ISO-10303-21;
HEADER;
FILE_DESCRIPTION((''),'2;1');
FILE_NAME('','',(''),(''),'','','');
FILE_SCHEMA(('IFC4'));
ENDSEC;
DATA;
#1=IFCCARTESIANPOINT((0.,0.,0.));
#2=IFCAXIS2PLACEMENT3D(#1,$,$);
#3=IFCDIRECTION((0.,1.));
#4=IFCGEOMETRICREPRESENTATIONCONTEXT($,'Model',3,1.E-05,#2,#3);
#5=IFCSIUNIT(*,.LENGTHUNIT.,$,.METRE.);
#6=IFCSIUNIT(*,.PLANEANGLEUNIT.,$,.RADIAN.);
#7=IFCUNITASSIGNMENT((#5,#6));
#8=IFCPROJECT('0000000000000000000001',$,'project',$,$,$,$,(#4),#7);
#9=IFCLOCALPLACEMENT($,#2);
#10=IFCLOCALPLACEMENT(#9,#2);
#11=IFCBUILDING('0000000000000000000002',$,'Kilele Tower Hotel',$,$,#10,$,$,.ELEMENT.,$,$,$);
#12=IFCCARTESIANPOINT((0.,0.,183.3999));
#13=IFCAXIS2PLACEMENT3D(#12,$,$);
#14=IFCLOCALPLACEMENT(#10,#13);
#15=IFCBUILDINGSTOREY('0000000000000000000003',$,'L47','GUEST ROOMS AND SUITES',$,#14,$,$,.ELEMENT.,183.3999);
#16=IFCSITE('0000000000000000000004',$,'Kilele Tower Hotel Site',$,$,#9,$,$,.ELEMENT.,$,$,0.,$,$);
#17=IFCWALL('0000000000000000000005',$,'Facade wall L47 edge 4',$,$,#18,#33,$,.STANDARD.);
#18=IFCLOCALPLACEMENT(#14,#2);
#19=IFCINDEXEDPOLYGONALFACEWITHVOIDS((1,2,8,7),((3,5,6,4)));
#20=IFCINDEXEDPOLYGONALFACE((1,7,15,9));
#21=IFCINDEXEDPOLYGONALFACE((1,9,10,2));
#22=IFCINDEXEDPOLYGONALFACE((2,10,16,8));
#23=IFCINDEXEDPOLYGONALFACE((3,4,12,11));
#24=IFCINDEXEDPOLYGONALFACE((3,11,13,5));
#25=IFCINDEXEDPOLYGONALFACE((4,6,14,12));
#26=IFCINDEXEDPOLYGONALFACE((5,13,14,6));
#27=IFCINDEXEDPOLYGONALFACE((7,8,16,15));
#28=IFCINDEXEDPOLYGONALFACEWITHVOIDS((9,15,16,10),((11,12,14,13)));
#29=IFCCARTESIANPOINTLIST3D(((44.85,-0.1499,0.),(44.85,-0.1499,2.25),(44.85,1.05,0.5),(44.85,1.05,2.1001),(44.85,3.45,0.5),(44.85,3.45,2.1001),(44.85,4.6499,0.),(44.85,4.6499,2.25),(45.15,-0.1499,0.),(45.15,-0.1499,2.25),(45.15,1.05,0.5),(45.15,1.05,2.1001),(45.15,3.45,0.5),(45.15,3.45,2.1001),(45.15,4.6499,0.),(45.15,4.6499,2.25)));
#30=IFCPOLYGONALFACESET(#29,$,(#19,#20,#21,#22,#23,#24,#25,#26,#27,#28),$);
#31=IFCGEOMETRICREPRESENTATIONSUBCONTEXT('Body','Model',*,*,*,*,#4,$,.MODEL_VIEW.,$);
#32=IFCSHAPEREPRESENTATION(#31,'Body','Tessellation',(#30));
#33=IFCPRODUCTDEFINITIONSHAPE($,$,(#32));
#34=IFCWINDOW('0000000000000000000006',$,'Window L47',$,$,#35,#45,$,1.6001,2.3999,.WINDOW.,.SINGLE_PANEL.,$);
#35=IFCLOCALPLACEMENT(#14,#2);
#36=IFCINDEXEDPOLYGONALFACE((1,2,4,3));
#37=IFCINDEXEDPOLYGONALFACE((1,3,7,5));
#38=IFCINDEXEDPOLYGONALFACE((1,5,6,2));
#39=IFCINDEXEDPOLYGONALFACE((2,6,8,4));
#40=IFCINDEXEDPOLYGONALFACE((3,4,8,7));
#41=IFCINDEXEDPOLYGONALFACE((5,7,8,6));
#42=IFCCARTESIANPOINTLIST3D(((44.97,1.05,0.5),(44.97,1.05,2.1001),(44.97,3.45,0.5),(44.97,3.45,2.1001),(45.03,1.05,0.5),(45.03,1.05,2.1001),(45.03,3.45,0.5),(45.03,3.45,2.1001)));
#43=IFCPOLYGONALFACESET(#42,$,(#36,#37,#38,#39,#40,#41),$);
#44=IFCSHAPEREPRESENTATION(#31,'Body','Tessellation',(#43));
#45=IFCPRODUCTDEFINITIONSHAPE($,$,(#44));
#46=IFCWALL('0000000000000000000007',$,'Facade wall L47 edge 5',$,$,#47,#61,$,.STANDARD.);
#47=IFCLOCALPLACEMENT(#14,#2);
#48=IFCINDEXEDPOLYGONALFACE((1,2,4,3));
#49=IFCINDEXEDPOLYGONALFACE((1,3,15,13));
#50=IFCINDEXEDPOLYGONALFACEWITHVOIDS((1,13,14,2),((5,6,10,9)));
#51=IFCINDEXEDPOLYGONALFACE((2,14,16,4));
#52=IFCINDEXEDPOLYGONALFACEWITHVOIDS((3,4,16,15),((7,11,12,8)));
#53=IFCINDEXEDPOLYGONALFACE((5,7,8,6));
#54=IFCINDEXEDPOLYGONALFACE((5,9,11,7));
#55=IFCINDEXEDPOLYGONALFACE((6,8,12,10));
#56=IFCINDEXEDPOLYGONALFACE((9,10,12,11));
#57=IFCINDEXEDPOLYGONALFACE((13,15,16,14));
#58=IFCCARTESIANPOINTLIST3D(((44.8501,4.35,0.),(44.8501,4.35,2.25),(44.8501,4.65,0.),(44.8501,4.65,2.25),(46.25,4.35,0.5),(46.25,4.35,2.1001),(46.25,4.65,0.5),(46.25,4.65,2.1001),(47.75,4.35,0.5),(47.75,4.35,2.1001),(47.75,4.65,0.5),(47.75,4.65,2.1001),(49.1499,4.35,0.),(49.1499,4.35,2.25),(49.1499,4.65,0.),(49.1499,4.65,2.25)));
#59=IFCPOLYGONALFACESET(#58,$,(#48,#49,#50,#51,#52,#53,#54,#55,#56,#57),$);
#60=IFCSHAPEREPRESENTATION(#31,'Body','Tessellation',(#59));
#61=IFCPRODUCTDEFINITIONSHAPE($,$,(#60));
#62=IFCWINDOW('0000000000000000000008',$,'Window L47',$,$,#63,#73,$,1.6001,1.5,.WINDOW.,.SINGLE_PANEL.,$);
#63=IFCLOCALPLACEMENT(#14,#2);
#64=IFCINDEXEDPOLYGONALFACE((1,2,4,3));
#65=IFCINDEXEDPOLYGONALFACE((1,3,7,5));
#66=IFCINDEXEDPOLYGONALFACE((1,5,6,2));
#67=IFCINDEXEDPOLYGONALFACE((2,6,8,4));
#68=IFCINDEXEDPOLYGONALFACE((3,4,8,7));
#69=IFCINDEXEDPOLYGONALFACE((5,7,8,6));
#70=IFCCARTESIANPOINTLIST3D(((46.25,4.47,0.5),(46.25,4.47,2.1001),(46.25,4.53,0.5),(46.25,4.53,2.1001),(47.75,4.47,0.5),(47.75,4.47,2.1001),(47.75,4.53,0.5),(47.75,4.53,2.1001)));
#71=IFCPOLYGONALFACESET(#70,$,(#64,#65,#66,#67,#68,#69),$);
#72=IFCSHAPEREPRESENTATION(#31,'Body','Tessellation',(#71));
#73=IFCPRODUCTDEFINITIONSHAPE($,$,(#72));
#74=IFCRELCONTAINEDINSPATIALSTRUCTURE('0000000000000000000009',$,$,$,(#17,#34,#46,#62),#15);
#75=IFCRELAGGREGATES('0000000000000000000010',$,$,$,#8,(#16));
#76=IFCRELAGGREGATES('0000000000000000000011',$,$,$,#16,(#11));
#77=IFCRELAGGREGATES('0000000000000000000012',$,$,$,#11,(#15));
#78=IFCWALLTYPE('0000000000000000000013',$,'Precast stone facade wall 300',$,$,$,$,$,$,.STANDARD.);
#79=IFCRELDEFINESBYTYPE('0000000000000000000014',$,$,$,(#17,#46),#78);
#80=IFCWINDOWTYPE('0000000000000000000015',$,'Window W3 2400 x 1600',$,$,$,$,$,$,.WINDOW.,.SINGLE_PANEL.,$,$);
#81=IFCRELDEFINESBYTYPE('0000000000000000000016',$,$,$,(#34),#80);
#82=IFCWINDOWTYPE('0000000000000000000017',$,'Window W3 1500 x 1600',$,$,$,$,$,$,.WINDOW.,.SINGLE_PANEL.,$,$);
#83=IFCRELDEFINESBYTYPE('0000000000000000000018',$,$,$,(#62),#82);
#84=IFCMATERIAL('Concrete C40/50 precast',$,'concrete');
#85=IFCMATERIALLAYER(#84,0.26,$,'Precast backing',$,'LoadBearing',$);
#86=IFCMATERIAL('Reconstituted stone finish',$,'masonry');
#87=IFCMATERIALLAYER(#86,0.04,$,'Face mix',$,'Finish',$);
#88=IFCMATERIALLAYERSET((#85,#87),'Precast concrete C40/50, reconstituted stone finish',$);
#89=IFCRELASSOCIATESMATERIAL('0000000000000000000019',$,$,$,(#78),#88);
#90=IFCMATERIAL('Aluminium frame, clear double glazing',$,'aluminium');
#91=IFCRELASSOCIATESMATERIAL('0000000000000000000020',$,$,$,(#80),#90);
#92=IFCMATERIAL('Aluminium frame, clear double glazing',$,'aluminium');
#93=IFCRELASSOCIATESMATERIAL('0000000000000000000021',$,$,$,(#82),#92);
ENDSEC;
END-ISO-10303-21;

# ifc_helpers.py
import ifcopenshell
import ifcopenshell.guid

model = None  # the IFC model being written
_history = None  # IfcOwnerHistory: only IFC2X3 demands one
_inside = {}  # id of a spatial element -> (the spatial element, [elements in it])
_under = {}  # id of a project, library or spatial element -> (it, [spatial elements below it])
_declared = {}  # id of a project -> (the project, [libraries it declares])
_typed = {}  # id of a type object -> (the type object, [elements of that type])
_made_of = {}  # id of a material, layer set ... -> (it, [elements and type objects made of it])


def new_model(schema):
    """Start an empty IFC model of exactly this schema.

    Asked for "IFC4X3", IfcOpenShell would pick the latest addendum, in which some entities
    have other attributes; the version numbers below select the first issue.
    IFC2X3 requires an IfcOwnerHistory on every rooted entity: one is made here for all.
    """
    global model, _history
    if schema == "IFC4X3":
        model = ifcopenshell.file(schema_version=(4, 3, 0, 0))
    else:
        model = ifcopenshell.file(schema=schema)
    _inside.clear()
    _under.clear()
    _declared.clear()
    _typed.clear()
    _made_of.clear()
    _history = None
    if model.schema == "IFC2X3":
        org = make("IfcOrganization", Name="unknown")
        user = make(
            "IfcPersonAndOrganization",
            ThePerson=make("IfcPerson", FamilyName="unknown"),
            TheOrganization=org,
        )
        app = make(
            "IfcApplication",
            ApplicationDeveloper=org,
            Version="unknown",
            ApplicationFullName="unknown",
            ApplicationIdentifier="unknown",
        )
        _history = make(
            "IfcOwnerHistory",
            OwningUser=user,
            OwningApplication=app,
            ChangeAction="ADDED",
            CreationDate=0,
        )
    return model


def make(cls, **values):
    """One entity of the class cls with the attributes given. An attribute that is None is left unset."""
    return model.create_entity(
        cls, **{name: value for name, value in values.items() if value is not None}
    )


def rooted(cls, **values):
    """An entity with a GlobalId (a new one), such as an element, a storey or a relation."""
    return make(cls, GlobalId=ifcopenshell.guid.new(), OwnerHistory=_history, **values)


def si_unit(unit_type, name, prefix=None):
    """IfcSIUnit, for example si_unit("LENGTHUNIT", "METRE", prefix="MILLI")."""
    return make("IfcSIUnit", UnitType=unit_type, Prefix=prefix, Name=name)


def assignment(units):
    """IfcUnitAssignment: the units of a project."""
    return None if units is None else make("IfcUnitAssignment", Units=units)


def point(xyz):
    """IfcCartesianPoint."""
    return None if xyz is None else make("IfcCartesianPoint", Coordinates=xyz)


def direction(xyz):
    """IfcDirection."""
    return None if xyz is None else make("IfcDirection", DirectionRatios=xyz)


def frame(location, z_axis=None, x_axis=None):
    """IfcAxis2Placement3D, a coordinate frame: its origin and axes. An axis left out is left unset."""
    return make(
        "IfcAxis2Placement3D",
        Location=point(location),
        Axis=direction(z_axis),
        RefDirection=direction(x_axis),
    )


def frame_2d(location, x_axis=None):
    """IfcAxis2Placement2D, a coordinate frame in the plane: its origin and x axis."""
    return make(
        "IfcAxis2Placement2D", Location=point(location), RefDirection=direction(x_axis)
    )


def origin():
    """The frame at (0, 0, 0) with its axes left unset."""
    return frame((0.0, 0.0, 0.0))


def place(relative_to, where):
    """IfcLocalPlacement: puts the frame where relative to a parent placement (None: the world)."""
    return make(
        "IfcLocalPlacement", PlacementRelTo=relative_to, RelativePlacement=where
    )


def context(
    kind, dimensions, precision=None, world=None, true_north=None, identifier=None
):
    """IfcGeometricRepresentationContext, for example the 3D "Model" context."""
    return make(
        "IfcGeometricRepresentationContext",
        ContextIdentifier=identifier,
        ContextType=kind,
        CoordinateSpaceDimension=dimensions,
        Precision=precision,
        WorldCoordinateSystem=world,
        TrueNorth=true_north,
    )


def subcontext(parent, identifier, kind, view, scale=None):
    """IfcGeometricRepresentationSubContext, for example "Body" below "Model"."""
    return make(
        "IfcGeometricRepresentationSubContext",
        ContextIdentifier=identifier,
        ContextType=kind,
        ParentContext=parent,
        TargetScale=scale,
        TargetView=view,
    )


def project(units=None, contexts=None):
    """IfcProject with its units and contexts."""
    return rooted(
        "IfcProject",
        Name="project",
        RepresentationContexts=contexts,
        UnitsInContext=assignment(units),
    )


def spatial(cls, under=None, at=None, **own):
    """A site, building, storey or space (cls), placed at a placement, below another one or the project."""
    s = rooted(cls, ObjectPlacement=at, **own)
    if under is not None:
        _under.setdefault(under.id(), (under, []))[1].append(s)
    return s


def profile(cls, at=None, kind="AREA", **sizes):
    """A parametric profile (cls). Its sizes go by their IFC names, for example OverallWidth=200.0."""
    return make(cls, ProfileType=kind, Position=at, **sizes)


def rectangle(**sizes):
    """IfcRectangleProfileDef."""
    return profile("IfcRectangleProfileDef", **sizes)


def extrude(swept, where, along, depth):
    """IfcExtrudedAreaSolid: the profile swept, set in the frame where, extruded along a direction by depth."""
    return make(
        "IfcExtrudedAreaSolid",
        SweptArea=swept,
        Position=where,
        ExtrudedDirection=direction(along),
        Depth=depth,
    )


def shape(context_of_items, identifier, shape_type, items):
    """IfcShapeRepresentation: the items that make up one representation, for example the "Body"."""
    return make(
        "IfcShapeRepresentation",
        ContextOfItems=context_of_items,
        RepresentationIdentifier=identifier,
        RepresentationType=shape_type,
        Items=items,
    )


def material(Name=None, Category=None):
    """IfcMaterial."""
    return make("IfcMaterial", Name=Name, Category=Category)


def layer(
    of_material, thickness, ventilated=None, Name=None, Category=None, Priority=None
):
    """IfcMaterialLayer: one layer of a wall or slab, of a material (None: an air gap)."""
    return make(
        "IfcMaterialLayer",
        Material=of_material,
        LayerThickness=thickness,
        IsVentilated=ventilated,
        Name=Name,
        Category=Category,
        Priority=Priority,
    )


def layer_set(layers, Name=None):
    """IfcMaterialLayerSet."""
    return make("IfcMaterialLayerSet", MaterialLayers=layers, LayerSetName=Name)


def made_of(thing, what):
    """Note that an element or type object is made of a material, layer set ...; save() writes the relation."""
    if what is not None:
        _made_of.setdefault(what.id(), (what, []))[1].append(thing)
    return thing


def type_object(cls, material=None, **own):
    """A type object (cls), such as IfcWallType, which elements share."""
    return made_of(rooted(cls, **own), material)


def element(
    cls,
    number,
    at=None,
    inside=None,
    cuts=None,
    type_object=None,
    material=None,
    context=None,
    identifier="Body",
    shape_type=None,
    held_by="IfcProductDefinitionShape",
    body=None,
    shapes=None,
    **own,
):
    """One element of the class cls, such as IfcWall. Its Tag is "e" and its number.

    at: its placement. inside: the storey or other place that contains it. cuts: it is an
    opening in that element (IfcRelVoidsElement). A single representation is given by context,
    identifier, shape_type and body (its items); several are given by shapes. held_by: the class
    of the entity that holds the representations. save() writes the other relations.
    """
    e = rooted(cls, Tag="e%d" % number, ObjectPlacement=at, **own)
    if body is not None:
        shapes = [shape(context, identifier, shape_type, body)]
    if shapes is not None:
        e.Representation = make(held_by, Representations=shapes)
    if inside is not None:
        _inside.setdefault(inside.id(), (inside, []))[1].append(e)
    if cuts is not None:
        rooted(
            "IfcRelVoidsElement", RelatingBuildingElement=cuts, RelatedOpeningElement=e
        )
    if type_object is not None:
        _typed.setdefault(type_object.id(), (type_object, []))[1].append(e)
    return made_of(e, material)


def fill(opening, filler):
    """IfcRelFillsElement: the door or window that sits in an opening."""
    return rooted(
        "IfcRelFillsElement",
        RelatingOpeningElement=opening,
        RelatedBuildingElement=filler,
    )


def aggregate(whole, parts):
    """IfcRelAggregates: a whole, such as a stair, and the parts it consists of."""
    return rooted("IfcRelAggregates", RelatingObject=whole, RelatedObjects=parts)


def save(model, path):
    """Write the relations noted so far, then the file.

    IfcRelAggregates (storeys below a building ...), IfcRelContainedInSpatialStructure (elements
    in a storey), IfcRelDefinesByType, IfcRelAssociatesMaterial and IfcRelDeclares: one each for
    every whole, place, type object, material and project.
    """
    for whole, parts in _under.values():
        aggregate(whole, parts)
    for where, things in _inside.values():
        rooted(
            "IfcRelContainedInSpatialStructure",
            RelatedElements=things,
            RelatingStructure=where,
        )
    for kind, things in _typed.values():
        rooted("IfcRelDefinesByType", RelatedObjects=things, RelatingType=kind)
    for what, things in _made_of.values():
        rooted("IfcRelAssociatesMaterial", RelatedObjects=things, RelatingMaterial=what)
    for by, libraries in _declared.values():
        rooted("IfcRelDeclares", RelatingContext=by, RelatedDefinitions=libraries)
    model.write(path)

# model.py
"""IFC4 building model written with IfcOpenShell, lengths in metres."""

from ifc_helpers import new_model, si_unit, direction, frame, frame_2d, origin, place, context, subcontext, project, spatial, rectangle, extrude, material, layer, layer_set, type_object, element, fill, save


model = new_model("IFC4")

# Units and contexts
model_context = context("Model", 3, precision=1e-05, world=origin(), true_north=direction((0.0, 1.0)))
body_context = subcontext(model_context, "Body", "Model", "MODEL_VIEW")
ifc_project = project(units=[si_unit("LENGTHUNIT", "METRE"), si_unit("PLANEANGLEUNIT", "RADIAN")], contexts=[model_context])

# Site, building, storey
site_placement = place(None, origin())
site = spatial("IfcSite", under=ifc_project, at=site_placement, Name="Kilele Tower Hotel Site", CompositionType="ELEMENT", RefElevation=0.0)
building_placement = place(site_placement, origin())
building = spatial("IfcBuilding", under=site, at=building_placement, Name="Kilele Tower Hotel", CompositionType="ELEMENT")
storey_placement = place(building_placement, frame((0.0, 0.0, 183.3999)))
storey = spatial("IfcBuildingStorey", under=building, at=storey_placement, Name="L47", Description="GUEST ROOMS AND SUITES", CompositionType="ELEMENT", Elevation=183.3999)

# Walls, openings, windows
ifc_material_1 = material(Name="Concrete C40/50 precast", Category="concrete")
ifc_layer_1 = layer(ifc_material_1, 0.26, Name="Precast backing", Category="LoadBearing")
ifc_material_2 = material(Name="Reconstituted stone finish", Category="masonry")
ifc_layer_2 = layer(ifc_material_2, 0.04, Name="Face mix", Category="Finish")
ifc_layer_set_1 = layer_set([ifc_layer_1, ifc_layer_2], Name="Precast concrete C40/50, reconstituted stone finish")
wall_type_1 = type_object("IfcWallType", Name="Precast stone facade wall 300", PredefinedType="STANDARD", material=ifc_layer_set_1)
wall_1_placement = place(storey_placement, frame((45.0, -0.1499, 0.0), z_axis=(0.0, 0.0, 1.0), x_axis=(0.0, 1.0, 0.0)))
wall_1 = element("IfcWall", 1, at=wall_1_placement, inside=storey, type_object=wall_type_1, Name="Facade wall L47 edge 4", PredefinedType="STANDARD", context=body_context, shape_type="SweptSolid", body=[
    extrude(rectangle(XDim=4.7998, YDim=0.3, at=frame_2d((2.3999, 0.0))), origin(), (0.0, 0.0, 1.0), 2.25),
])
opening_1_placement = place(wall_1_placement, frame((1.2, 0.0, 0.5)))
opening_1 = element("IfcOpeningElement", 2, at=opening_1_placement, cuts=wall_1, PredefinedType="OPENING", context=body_context, shape_type="SweptSolid", body=[
    extrude(rectangle(XDim=2.3999, YDim=1.6001, at=frame_2d((1.2, 0.8))), frame((0.0, 0.1599, 0.0), z_axis=(0.0, -1.0, 0.0), x_axis=(1.0, 0.0, 0.0)), (0.0, 0.0, 1.0), 0.3201),
])
ifc_material_3 = material(Name="Aluminium frame, clear double glazing", Category="aluminium")
window_type_1 = type_object("IfcWindowType", Name="Window W3 2400 x 1600", PartitioningType="SINGLE_PANEL", PredefinedType="WINDOW", material=ifc_material_3)
window_1_placement = place(opening_1_placement, origin())
window_1 = element("IfcWindow", 3, at=window_1_placement, inside=storey, type_object=window_type_1, Name="Window L47", OverallHeight=1.6001, OverallWidth=2.3999, PartitioningType="SINGLE_PANEL", PredefinedType="WINDOW", context=body_context, shape_type="SweptSolid", body=[
    extrude(rectangle(XDim=2.3999, YDim=1.6001, at=frame_2d((1.2, 0.8))), frame((0.0, 0.03, 0.0), z_axis=(0.0, -1.0, 0.0), x_axis=(1.0, 0.0, 0.0)), (0.0, 0.0, 1.0), 0.0601),
])
fill(opening_1, window_1)
wall_2_placement = place(storey_placement, frame((44.8501, 4.5, 0.0), z_axis=(0.0, 0.0, 1.0), x_axis=(1.0, 0.0, 0.0)))
wall_2 = element("IfcWall", 4, at=wall_2_placement, inside=storey, type_object=wall_type_1, Name="Facade wall L47 edge 5", PredefinedType="STANDARD", context=body_context, shape_type="SweptSolid", body=[
    extrude(rectangle(XDim=4.2998, YDim=0.3, at=frame_2d((2.1499, 0.0))), origin(), (0.0, 0.0, 1.0), 2.25),
])
opening_2_placement = place(wall_2_placement, frame((1.3999, 0.0, 0.5)))
opening_2 = element("IfcOpeningElement", 5, at=opening_2_placement, cuts=wall_2, PredefinedType="OPENING", context=body_context, shape_type="SweptSolid", body=[
    extrude(rectangle(XDim=1.5, YDim=1.6001, at=frame_2d((0.75, 0.8))), frame((0.0, 0.1599, 0.0), z_axis=(0.0, -1.0, 0.0), x_axis=(1.0, 0.0, 0.0)), (0.0, 0.0, 1.0), 0.3201),
])
ifc_material_4 = material(Name="Aluminium frame, clear double glazing", Category="aluminium")
window_type_2 = type_object("IfcWindowType", Name="Window W3 1500 x 1600", PartitioningType="SINGLE_PANEL", PredefinedType="WINDOW", material=ifc_material_4)
window_2_placement = place(opening_2_placement, origin())
window_2 = element("IfcWindow", 6, at=window_2_placement, inside=storey, type_object=window_type_2, Name="Window L47", OverallHeight=1.6001, OverallWidth=1.5, PartitioningType="SINGLE_PANEL", PredefinedType="WINDOW", context=body_context, shape_type="SweptSolid", body=[
    extrude(rectangle(XDim=1.5, YDim=1.6001, at=frame_2d((0.75, 0.8))), frame((0.0, 0.03, 0.0), z_axis=(0.0, -1.0, 0.0), x_axis=(1.0, 0.0, 0.0)), (0.0, 0.0, 1.0), 0.0601),
])
fill(opening_2, window_2)

save(model, "model.ifc")
